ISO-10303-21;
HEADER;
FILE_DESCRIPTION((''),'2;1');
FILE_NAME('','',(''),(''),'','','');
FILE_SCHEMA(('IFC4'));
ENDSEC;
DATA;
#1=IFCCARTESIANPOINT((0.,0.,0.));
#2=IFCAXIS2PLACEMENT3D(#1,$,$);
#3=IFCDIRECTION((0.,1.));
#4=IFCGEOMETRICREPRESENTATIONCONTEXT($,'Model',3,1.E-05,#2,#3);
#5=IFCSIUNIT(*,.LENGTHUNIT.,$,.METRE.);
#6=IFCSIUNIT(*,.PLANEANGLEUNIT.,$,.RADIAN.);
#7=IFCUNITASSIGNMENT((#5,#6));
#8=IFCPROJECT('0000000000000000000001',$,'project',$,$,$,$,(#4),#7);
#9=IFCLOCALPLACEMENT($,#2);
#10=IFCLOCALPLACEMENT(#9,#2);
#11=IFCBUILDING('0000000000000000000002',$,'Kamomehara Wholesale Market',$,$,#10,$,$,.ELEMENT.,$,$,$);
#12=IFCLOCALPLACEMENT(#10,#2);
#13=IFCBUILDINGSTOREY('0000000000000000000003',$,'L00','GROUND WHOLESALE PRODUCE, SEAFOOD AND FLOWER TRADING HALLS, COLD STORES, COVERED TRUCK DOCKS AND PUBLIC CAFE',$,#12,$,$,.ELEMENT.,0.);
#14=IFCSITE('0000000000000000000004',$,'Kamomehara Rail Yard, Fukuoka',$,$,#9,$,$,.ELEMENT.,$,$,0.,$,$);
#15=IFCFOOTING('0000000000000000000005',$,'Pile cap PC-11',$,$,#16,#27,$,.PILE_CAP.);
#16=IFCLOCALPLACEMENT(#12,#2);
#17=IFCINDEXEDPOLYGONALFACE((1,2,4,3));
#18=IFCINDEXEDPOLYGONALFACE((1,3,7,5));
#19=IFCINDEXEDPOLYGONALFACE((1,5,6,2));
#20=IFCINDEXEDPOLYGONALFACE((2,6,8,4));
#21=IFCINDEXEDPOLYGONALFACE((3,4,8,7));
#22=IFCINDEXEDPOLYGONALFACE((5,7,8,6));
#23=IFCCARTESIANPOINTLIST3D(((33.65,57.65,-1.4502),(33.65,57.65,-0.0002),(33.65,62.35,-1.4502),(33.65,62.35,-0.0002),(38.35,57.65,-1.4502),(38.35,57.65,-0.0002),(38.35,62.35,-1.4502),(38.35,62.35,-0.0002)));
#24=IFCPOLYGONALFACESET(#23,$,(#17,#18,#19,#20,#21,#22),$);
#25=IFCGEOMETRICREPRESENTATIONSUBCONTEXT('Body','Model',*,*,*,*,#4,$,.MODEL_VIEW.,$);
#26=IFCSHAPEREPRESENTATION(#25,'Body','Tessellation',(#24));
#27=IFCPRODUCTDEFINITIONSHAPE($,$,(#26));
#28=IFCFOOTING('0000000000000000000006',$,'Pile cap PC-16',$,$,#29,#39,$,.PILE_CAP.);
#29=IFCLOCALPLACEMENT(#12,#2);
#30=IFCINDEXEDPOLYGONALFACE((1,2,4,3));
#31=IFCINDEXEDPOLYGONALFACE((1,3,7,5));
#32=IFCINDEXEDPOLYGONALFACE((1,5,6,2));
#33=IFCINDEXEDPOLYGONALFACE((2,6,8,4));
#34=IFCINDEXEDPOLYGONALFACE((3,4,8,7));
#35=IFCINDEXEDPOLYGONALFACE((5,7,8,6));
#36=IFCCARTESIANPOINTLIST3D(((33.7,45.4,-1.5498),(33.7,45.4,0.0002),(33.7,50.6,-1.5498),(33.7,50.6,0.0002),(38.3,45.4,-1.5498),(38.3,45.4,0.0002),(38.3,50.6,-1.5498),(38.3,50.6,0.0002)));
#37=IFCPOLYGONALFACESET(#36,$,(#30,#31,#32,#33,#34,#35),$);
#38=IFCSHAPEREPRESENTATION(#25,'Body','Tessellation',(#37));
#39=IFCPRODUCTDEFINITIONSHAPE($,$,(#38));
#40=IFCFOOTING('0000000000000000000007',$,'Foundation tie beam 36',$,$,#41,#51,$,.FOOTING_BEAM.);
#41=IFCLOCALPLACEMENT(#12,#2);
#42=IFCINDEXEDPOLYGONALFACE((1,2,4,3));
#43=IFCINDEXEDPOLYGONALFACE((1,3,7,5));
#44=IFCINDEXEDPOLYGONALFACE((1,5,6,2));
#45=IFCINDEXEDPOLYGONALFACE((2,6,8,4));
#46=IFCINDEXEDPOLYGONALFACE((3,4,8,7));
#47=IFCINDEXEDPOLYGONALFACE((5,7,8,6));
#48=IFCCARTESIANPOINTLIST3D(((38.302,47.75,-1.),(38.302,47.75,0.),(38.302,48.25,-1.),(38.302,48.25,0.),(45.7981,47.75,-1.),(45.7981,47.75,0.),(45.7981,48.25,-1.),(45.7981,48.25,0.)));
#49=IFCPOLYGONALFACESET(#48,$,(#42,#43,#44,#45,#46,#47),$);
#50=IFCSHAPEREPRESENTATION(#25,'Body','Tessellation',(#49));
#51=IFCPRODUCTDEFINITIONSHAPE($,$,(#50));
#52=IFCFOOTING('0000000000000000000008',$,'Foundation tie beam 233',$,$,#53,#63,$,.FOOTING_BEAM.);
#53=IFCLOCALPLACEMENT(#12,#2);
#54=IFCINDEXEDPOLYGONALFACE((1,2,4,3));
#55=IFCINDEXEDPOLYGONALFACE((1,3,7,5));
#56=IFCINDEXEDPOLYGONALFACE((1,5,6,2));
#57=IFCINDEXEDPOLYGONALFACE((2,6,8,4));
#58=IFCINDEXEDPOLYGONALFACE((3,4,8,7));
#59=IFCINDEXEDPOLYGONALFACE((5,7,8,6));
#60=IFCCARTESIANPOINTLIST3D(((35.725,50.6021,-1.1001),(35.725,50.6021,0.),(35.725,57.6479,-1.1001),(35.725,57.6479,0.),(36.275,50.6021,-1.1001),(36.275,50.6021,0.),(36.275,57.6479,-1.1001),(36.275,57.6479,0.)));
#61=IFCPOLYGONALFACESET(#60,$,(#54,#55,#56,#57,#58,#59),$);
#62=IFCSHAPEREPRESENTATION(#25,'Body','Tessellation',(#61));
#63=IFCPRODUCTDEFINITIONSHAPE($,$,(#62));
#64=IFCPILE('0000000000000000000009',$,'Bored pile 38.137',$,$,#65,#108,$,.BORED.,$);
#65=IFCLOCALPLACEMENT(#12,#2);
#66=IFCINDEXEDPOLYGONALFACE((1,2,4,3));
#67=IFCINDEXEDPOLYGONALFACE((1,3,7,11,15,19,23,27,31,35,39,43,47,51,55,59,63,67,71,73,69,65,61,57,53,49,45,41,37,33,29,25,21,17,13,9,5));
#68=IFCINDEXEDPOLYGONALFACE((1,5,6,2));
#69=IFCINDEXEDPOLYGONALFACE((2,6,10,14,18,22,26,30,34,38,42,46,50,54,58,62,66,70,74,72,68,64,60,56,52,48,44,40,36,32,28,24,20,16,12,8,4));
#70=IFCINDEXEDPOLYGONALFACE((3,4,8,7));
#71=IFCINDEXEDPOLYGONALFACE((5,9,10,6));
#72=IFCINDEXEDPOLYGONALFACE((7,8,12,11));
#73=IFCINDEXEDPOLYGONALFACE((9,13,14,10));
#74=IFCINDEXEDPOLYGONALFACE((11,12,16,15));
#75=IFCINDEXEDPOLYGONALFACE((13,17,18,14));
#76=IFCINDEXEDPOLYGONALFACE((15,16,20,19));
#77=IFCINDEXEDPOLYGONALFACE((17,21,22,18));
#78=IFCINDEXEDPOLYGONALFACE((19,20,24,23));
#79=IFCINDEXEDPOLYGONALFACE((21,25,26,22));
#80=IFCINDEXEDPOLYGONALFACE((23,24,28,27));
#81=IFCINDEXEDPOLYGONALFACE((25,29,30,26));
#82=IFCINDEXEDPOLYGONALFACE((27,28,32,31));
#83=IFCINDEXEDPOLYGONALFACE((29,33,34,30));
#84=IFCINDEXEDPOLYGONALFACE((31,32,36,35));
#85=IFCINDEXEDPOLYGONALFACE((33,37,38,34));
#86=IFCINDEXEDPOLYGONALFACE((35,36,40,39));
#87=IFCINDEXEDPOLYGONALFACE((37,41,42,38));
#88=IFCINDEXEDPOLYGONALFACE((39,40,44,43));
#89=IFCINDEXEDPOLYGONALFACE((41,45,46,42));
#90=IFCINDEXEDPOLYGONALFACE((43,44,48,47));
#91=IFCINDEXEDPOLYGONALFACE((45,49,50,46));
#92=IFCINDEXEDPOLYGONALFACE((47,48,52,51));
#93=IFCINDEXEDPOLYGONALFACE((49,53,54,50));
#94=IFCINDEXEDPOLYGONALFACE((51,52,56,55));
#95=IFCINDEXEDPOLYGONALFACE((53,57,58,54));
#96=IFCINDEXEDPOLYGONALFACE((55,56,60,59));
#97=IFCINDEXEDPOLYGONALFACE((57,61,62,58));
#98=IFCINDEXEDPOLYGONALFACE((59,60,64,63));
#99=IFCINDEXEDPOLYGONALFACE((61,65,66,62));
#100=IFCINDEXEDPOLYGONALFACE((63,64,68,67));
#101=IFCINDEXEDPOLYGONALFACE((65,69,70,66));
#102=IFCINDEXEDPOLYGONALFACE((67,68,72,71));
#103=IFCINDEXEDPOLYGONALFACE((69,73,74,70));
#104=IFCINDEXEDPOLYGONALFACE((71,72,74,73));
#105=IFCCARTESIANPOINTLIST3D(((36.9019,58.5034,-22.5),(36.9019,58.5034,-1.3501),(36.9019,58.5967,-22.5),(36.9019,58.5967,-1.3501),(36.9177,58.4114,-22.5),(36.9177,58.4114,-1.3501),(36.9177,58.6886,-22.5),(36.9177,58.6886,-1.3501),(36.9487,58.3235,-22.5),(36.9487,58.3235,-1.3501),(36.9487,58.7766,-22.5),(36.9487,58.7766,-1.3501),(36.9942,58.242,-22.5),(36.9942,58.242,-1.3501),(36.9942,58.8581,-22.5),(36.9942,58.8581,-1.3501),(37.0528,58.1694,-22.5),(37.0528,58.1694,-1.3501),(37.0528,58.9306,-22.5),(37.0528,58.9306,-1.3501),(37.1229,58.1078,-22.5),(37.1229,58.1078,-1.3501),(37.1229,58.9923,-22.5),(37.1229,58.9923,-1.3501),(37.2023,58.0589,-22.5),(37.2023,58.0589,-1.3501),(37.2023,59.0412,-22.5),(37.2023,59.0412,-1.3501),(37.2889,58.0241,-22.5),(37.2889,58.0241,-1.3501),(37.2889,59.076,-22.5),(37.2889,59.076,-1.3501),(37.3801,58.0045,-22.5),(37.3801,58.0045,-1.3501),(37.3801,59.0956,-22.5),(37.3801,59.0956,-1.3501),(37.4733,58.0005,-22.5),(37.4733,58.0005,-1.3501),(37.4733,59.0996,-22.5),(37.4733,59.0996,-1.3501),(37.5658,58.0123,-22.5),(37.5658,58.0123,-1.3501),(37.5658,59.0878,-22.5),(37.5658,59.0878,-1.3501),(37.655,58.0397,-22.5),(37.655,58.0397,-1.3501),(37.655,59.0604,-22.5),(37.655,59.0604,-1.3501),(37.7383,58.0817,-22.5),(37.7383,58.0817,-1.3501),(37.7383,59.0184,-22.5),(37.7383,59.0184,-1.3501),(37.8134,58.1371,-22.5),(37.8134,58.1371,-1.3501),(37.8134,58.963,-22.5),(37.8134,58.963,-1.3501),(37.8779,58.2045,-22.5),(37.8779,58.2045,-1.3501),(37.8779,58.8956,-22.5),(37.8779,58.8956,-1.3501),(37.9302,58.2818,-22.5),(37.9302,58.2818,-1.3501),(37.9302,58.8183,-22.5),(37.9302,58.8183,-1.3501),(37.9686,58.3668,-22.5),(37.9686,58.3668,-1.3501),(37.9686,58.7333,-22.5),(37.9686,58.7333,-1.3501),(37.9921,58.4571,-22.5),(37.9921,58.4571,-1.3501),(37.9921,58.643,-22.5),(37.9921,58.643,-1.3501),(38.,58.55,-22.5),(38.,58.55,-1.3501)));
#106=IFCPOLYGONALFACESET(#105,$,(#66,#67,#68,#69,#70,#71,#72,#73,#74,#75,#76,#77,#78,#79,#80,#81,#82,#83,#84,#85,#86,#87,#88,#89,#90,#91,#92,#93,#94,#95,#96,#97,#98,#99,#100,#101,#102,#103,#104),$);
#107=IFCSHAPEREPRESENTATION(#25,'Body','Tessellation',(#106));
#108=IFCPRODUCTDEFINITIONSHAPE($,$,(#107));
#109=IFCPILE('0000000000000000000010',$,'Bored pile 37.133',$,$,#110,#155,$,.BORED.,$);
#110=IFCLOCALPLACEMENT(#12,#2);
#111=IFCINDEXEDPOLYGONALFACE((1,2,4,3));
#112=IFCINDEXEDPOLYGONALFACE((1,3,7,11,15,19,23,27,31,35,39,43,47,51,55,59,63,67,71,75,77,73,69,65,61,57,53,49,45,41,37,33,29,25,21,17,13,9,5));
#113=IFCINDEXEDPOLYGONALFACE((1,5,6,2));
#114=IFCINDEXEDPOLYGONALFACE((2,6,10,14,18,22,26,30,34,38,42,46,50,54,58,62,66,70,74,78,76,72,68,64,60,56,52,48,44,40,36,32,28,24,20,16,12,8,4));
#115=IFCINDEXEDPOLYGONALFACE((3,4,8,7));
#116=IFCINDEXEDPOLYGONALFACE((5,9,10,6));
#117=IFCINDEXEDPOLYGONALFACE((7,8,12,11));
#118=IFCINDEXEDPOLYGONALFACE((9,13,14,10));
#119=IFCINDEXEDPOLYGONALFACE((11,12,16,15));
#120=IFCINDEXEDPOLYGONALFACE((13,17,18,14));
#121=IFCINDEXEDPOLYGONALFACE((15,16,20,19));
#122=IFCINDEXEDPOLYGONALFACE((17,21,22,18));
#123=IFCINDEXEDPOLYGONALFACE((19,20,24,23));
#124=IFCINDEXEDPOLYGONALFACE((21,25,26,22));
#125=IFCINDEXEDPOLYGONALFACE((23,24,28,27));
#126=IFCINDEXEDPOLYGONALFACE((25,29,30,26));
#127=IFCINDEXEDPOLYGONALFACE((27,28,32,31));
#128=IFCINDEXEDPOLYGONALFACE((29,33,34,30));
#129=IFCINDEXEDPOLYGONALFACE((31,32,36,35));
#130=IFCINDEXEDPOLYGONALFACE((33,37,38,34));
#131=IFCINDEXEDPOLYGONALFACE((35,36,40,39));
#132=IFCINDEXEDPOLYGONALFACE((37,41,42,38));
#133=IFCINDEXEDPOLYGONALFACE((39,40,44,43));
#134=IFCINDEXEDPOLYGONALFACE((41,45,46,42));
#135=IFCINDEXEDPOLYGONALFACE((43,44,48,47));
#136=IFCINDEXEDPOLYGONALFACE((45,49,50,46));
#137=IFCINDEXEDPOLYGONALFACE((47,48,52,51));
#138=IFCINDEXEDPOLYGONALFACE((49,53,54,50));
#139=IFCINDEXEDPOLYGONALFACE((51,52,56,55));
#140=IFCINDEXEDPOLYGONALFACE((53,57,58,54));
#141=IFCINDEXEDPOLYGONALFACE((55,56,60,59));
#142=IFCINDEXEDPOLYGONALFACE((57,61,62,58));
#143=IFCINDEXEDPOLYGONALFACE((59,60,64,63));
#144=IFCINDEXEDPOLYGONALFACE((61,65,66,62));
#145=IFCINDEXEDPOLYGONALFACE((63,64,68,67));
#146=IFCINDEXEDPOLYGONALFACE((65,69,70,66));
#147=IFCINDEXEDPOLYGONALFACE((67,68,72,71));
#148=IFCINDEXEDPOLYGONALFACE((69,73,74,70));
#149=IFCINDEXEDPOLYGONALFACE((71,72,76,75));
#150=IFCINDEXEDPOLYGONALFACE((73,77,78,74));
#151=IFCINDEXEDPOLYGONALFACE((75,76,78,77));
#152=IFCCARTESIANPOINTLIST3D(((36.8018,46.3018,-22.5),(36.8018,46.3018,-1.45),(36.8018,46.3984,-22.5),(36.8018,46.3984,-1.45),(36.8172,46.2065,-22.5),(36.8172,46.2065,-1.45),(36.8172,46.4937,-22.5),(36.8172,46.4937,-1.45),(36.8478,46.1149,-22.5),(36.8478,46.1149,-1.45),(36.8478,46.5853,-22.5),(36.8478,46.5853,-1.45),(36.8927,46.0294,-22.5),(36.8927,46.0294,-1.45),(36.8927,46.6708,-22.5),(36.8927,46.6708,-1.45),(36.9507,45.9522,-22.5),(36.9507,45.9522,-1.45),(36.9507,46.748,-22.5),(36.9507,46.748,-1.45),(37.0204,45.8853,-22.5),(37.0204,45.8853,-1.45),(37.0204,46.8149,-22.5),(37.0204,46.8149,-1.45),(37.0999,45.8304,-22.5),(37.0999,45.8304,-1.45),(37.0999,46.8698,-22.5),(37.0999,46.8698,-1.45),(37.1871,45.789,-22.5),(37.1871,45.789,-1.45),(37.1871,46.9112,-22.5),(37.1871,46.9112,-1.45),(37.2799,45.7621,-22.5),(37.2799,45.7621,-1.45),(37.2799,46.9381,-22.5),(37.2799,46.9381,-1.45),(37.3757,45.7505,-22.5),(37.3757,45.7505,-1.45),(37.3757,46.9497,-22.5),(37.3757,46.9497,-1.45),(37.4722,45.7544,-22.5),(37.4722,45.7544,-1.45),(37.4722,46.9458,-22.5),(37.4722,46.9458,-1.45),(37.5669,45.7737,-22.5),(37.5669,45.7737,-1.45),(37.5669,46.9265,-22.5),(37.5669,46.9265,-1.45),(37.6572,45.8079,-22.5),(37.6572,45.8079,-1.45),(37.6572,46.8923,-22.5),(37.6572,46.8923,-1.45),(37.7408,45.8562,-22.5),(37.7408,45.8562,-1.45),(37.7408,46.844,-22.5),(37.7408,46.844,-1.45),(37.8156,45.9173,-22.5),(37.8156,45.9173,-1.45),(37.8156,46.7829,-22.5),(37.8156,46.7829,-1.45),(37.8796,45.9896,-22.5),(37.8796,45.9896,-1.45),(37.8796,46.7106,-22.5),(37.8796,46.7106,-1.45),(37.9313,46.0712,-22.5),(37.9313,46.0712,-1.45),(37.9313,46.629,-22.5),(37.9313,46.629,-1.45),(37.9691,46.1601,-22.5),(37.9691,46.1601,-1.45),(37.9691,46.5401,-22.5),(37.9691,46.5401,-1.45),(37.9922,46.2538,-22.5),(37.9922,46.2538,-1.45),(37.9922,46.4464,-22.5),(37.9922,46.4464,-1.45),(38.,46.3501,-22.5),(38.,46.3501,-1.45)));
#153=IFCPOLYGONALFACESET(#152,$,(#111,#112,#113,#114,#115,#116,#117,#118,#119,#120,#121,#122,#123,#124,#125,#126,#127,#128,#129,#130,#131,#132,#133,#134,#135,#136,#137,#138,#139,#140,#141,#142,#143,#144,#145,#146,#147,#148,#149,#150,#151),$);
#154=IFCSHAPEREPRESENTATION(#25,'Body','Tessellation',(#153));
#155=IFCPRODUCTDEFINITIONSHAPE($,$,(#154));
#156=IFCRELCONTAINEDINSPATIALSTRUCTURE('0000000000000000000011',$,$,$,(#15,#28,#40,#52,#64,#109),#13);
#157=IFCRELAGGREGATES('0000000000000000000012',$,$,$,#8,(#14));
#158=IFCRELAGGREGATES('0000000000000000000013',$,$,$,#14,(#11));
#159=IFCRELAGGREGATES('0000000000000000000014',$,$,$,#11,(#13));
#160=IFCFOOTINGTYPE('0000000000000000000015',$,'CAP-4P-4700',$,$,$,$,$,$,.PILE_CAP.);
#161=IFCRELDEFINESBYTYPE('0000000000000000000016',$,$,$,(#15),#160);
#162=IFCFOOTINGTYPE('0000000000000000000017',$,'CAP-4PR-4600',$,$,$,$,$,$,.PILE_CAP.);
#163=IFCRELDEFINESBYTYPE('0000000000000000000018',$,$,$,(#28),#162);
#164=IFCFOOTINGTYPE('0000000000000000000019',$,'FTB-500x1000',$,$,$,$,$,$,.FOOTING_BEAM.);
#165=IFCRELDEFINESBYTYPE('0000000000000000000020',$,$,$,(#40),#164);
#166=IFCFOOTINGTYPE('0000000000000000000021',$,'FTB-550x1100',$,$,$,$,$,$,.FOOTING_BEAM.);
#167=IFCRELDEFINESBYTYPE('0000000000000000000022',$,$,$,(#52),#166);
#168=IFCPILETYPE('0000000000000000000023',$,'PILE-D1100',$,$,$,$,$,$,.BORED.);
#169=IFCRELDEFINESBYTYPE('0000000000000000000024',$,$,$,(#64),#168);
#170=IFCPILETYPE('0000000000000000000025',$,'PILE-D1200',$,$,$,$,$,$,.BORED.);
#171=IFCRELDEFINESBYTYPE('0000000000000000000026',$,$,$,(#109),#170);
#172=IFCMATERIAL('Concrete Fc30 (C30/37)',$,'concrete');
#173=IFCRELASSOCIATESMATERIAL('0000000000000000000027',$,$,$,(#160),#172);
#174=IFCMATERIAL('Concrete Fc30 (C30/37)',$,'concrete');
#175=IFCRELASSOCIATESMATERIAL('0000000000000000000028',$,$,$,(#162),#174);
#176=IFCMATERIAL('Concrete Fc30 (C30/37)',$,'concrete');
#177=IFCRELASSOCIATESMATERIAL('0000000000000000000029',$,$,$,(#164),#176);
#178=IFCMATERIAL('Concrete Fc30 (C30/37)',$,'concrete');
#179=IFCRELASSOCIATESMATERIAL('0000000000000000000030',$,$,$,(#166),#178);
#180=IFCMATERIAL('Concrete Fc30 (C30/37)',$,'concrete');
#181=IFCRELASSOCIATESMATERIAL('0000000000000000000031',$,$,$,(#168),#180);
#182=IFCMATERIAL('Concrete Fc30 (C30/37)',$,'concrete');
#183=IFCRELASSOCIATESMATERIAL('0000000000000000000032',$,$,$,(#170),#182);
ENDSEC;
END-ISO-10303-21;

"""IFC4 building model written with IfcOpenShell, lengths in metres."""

from ifc_helpers import new_model, si_unit, direction, frame, origin, origin_2d, place, context, subcontext, project, spatial, rectangle, circle, extrude, material, material_profile, profile_set, type_object, element, save


model = new_model("IFC4")

# Units and contexts
model_context = context("Model", 3, precision=1e-05, world=origin(), true_north=direction((0.0, 1.0)))
body_context = subcontext(model_context, "Body", "Model", "MODEL_VIEW")
ifc_project = project(units=[si_unit("LENGTHUNIT", "METRE"), si_unit("PLANEANGLEUNIT", "RADIAN")], contexts=[model_context])

# Site, building, storey
site_placement = place(None, origin())
site = spatial("IfcSite", under=ifc_project, at=site_placement, Name="Kamomehara Rail Yard, Fukuoka", CompositionType="ELEMENT", RefElevation=0.0)
building_placement = place(site_placement, origin())
building = spatial("IfcBuilding", under=site, at=building_placement, Name="Kamomehara Wholesale Market", CompositionType="ELEMENT")
storey_placement = place(building_placement, origin())
storey = spatial("IfcBuildingStorey", under=building, at=storey_placement, Name="L00", Description="GROUND WHOLESALE PRODUCE, SEAFOOD AND FLOWER TRADING HALLS, COLD STORES, COVERED TRUCK DOCKS AND PUBLIC CAFE", CompositionType="ELEMENT", Elevation=0.0)

# Footings
ifc_material_1 = material(Name="Concrete Fc30 (C30/37)", Category="concrete")
footing_type_1 = type_object("IfcFootingType", Name="CAP-4P-4700", PredefinedType="PILE_CAP", material=ifc_material_1)
footing_1_placement = place(storey_placement, frame((36.0, 60.0, -1.4502), z_axis=(0.0, 0.0, 1.0), x_axis=(1.0, 0.0, 0.0)))
element("IfcFooting", 1, at=footing_1_placement, inside=storey, type_object=footing_type_1, Name="Pile cap PC-11", PredefinedType="PILE_CAP", context=body_context, shape_type="SweptSolid", body=[
    extrude(rectangle(XDim=4.7, YDim=4.7, at=origin_2d()), origin(), (0.0, 0.0, 1.0), 1.45),
])
ifc_material_2 = material(Name="Concrete Fc30 (C30/37)", Category="concrete")
footing_type_2 = type_object("IfcFootingType", Name="CAP-4PR-4600", PredefinedType="PILE_CAP", material=ifc_material_2)
footing_2_placement = place(storey_placement, frame((36.0, 48.0, -1.5498), z_axis=(0.0, 0.0, 1.0), x_axis=(1.0, 0.0, 0.0)))
element("IfcFooting", 2, at=footing_2_placement, inside=storey, type_object=footing_type_2, Name="Pile cap PC-16", PredefinedType="PILE_CAP", context=body_context, shape_type="SweptSolid", body=[
    extrude(rectangle(XDim=4.6001, YDim=5.2, at=origin_2d()), origin(), (0.0, 0.0, 1.0), 1.55),
])
ifc_material_3 = material(Name="Concrete Fc30 (C30/37)", Category="concrete")
ifc_material_profile_1 = material_profile(ifc_material_3, rectangle(XDim=0.5, YDim=1.0, at=origin_2d()), Name="RC-FTB-500x1000")
ifc_profile_set_1 = profile_set([ifc_material_profile_1], Name="Concrete Fc30 (C30/37)")
footing_type_3 = type_object("IfcFootingType", Name="FTB-500x1000", PredefinedType="FOOTING_BEAM", material=ifc_profile_set_1)
footing_3_placement = place(storey_placement, frame((38.302, 48.0, -0.5), z_axis=(1.0, 0.0, 0.0), x_axis=(0.0, 1.0, 0.0)))
element("IfcFooting", 3, at=footing_3_placement, inside=storey, type_object=footing_type_3, Name="Foundation tie beam 36", PredefinedType="FOOTING_BEAM", context=body_context, shape_type="SweptSolid", body=[
    extrude(rectangle(XDim=0.5, YDim=1.0, at=origin_2d()), origin(), (0.0, 0.0, 1.0), 7.4961),
])
ifc_material_4 = material(Name="Concrete Fc30 (C30/37)", Category="concrete")
ifc_material_profile_2 = material_profile(ifc_material_4, rectangle(XDim=0.55, YDim=1.1001, at=origin_2d()), Name="RC-FTB-550x1100")
ifc_profile_set_2 = profile_set([ifc_material_profile_2], Name="Concrete Fc30 (C30/37)")
footing_type_4 = type_object("IfcFootingType", Name="FTB-550x1100", PredefinedType="FOOTING_BEAM", material=ifc_profile_set_2)
footing_4_placement = place(storey_placement, frame((36.0, 50.6021, -0.55), z_axis=(0.0, 1.0, 0.0), x_axis=(-1.0, 0.0, 0.0)))
element("IfcFooting", 4, at=footing_4_placement, inside=storey, type_object=footing_type_4, Name="Foundation tie beam 233", PredefinedType="FOOTING_BEAM", context=body_context, shape_type="SweptSolid", body=[
    extrude(rectangle(XDim=0.55, YDim=1.1001, at=origin_2d()), origin(), (0.0, 0.0, 1.0), 7.0459),
])

# Piles
ifc_material_5 = material(Name="Concrete Fc30 (C30/37)", Category="concrete")
ifc_material_profile_3 = material_profile(ifc_material_5, circle(Radius=0.55, at=origin_2d()), Name="RC-PILE-D1100")
ifc_profile_set_3 = profile_set([ifc_material_profile_3], Name="Concrete Fc30 (C30/37)")
pile_type_1 = type_object("IfcPileType", Name="PILE-D1100", PredefinedType="BORED", material=ifc_profile_set_3)
pile_placement = place(storey_placement, frame((37.45, 58.55, -1.3501), z_axis=(0.0, 0.0, -1.0), x_axis=(1.0, 0.0, 0.0)))
element("IfcPile", 5, at=pile_placement, inside=storey, type_object=pile_type_1, Name="Bored pile 38.137", PredefinedType="BORED", context=body_context, shape_type="SweptSolid", body=[
    extrude(circle(Radius=0.55, at=origin_2d()), origin(), (0.0, 0.0, 1.0), 21.1499),
])
ifc_material_6 = material(Name="Concrete Fc30 (C30/37)", Category="concrete")
ifc_material_profile_4 = material_profile(ifc_material_6, circle(Radius=0.6001, at=origin_2d()), Name="RC-PILE-D1200")
ifc_profile_set_4 = profile_set([ifc_material_profile_4], Name="Concrete Fc30 (C30/37)")
pile_type_2 = type_object("IfcPileType", Name="PILE-D1200", PredefinedType="BORED", material=ifc_profile_set_4)
for number, where, z_axis, x_axis, name in (
    (6, (37.3999, 46.3501, -1.45), (0.0, 0.0, -1.0), (1.0, 0.0, 0.0), "Bored pile 37.133"),
):
    element("IfcPile", number, at=place(storey_placement, frame(where, z_axis=z_axis, x_axis=x_axis)), inside=storey, type_object=pile_type_2, Name=name, PredefinedType="BORED", context=body_context, shape_type="SweptSolid", body=[
        extrude(circle(Radius=0.6001, at=origin_2d()), origin(), (0.0, 0.0, 1.0), 21.05),
    ])

save(model, "model.ifc")
